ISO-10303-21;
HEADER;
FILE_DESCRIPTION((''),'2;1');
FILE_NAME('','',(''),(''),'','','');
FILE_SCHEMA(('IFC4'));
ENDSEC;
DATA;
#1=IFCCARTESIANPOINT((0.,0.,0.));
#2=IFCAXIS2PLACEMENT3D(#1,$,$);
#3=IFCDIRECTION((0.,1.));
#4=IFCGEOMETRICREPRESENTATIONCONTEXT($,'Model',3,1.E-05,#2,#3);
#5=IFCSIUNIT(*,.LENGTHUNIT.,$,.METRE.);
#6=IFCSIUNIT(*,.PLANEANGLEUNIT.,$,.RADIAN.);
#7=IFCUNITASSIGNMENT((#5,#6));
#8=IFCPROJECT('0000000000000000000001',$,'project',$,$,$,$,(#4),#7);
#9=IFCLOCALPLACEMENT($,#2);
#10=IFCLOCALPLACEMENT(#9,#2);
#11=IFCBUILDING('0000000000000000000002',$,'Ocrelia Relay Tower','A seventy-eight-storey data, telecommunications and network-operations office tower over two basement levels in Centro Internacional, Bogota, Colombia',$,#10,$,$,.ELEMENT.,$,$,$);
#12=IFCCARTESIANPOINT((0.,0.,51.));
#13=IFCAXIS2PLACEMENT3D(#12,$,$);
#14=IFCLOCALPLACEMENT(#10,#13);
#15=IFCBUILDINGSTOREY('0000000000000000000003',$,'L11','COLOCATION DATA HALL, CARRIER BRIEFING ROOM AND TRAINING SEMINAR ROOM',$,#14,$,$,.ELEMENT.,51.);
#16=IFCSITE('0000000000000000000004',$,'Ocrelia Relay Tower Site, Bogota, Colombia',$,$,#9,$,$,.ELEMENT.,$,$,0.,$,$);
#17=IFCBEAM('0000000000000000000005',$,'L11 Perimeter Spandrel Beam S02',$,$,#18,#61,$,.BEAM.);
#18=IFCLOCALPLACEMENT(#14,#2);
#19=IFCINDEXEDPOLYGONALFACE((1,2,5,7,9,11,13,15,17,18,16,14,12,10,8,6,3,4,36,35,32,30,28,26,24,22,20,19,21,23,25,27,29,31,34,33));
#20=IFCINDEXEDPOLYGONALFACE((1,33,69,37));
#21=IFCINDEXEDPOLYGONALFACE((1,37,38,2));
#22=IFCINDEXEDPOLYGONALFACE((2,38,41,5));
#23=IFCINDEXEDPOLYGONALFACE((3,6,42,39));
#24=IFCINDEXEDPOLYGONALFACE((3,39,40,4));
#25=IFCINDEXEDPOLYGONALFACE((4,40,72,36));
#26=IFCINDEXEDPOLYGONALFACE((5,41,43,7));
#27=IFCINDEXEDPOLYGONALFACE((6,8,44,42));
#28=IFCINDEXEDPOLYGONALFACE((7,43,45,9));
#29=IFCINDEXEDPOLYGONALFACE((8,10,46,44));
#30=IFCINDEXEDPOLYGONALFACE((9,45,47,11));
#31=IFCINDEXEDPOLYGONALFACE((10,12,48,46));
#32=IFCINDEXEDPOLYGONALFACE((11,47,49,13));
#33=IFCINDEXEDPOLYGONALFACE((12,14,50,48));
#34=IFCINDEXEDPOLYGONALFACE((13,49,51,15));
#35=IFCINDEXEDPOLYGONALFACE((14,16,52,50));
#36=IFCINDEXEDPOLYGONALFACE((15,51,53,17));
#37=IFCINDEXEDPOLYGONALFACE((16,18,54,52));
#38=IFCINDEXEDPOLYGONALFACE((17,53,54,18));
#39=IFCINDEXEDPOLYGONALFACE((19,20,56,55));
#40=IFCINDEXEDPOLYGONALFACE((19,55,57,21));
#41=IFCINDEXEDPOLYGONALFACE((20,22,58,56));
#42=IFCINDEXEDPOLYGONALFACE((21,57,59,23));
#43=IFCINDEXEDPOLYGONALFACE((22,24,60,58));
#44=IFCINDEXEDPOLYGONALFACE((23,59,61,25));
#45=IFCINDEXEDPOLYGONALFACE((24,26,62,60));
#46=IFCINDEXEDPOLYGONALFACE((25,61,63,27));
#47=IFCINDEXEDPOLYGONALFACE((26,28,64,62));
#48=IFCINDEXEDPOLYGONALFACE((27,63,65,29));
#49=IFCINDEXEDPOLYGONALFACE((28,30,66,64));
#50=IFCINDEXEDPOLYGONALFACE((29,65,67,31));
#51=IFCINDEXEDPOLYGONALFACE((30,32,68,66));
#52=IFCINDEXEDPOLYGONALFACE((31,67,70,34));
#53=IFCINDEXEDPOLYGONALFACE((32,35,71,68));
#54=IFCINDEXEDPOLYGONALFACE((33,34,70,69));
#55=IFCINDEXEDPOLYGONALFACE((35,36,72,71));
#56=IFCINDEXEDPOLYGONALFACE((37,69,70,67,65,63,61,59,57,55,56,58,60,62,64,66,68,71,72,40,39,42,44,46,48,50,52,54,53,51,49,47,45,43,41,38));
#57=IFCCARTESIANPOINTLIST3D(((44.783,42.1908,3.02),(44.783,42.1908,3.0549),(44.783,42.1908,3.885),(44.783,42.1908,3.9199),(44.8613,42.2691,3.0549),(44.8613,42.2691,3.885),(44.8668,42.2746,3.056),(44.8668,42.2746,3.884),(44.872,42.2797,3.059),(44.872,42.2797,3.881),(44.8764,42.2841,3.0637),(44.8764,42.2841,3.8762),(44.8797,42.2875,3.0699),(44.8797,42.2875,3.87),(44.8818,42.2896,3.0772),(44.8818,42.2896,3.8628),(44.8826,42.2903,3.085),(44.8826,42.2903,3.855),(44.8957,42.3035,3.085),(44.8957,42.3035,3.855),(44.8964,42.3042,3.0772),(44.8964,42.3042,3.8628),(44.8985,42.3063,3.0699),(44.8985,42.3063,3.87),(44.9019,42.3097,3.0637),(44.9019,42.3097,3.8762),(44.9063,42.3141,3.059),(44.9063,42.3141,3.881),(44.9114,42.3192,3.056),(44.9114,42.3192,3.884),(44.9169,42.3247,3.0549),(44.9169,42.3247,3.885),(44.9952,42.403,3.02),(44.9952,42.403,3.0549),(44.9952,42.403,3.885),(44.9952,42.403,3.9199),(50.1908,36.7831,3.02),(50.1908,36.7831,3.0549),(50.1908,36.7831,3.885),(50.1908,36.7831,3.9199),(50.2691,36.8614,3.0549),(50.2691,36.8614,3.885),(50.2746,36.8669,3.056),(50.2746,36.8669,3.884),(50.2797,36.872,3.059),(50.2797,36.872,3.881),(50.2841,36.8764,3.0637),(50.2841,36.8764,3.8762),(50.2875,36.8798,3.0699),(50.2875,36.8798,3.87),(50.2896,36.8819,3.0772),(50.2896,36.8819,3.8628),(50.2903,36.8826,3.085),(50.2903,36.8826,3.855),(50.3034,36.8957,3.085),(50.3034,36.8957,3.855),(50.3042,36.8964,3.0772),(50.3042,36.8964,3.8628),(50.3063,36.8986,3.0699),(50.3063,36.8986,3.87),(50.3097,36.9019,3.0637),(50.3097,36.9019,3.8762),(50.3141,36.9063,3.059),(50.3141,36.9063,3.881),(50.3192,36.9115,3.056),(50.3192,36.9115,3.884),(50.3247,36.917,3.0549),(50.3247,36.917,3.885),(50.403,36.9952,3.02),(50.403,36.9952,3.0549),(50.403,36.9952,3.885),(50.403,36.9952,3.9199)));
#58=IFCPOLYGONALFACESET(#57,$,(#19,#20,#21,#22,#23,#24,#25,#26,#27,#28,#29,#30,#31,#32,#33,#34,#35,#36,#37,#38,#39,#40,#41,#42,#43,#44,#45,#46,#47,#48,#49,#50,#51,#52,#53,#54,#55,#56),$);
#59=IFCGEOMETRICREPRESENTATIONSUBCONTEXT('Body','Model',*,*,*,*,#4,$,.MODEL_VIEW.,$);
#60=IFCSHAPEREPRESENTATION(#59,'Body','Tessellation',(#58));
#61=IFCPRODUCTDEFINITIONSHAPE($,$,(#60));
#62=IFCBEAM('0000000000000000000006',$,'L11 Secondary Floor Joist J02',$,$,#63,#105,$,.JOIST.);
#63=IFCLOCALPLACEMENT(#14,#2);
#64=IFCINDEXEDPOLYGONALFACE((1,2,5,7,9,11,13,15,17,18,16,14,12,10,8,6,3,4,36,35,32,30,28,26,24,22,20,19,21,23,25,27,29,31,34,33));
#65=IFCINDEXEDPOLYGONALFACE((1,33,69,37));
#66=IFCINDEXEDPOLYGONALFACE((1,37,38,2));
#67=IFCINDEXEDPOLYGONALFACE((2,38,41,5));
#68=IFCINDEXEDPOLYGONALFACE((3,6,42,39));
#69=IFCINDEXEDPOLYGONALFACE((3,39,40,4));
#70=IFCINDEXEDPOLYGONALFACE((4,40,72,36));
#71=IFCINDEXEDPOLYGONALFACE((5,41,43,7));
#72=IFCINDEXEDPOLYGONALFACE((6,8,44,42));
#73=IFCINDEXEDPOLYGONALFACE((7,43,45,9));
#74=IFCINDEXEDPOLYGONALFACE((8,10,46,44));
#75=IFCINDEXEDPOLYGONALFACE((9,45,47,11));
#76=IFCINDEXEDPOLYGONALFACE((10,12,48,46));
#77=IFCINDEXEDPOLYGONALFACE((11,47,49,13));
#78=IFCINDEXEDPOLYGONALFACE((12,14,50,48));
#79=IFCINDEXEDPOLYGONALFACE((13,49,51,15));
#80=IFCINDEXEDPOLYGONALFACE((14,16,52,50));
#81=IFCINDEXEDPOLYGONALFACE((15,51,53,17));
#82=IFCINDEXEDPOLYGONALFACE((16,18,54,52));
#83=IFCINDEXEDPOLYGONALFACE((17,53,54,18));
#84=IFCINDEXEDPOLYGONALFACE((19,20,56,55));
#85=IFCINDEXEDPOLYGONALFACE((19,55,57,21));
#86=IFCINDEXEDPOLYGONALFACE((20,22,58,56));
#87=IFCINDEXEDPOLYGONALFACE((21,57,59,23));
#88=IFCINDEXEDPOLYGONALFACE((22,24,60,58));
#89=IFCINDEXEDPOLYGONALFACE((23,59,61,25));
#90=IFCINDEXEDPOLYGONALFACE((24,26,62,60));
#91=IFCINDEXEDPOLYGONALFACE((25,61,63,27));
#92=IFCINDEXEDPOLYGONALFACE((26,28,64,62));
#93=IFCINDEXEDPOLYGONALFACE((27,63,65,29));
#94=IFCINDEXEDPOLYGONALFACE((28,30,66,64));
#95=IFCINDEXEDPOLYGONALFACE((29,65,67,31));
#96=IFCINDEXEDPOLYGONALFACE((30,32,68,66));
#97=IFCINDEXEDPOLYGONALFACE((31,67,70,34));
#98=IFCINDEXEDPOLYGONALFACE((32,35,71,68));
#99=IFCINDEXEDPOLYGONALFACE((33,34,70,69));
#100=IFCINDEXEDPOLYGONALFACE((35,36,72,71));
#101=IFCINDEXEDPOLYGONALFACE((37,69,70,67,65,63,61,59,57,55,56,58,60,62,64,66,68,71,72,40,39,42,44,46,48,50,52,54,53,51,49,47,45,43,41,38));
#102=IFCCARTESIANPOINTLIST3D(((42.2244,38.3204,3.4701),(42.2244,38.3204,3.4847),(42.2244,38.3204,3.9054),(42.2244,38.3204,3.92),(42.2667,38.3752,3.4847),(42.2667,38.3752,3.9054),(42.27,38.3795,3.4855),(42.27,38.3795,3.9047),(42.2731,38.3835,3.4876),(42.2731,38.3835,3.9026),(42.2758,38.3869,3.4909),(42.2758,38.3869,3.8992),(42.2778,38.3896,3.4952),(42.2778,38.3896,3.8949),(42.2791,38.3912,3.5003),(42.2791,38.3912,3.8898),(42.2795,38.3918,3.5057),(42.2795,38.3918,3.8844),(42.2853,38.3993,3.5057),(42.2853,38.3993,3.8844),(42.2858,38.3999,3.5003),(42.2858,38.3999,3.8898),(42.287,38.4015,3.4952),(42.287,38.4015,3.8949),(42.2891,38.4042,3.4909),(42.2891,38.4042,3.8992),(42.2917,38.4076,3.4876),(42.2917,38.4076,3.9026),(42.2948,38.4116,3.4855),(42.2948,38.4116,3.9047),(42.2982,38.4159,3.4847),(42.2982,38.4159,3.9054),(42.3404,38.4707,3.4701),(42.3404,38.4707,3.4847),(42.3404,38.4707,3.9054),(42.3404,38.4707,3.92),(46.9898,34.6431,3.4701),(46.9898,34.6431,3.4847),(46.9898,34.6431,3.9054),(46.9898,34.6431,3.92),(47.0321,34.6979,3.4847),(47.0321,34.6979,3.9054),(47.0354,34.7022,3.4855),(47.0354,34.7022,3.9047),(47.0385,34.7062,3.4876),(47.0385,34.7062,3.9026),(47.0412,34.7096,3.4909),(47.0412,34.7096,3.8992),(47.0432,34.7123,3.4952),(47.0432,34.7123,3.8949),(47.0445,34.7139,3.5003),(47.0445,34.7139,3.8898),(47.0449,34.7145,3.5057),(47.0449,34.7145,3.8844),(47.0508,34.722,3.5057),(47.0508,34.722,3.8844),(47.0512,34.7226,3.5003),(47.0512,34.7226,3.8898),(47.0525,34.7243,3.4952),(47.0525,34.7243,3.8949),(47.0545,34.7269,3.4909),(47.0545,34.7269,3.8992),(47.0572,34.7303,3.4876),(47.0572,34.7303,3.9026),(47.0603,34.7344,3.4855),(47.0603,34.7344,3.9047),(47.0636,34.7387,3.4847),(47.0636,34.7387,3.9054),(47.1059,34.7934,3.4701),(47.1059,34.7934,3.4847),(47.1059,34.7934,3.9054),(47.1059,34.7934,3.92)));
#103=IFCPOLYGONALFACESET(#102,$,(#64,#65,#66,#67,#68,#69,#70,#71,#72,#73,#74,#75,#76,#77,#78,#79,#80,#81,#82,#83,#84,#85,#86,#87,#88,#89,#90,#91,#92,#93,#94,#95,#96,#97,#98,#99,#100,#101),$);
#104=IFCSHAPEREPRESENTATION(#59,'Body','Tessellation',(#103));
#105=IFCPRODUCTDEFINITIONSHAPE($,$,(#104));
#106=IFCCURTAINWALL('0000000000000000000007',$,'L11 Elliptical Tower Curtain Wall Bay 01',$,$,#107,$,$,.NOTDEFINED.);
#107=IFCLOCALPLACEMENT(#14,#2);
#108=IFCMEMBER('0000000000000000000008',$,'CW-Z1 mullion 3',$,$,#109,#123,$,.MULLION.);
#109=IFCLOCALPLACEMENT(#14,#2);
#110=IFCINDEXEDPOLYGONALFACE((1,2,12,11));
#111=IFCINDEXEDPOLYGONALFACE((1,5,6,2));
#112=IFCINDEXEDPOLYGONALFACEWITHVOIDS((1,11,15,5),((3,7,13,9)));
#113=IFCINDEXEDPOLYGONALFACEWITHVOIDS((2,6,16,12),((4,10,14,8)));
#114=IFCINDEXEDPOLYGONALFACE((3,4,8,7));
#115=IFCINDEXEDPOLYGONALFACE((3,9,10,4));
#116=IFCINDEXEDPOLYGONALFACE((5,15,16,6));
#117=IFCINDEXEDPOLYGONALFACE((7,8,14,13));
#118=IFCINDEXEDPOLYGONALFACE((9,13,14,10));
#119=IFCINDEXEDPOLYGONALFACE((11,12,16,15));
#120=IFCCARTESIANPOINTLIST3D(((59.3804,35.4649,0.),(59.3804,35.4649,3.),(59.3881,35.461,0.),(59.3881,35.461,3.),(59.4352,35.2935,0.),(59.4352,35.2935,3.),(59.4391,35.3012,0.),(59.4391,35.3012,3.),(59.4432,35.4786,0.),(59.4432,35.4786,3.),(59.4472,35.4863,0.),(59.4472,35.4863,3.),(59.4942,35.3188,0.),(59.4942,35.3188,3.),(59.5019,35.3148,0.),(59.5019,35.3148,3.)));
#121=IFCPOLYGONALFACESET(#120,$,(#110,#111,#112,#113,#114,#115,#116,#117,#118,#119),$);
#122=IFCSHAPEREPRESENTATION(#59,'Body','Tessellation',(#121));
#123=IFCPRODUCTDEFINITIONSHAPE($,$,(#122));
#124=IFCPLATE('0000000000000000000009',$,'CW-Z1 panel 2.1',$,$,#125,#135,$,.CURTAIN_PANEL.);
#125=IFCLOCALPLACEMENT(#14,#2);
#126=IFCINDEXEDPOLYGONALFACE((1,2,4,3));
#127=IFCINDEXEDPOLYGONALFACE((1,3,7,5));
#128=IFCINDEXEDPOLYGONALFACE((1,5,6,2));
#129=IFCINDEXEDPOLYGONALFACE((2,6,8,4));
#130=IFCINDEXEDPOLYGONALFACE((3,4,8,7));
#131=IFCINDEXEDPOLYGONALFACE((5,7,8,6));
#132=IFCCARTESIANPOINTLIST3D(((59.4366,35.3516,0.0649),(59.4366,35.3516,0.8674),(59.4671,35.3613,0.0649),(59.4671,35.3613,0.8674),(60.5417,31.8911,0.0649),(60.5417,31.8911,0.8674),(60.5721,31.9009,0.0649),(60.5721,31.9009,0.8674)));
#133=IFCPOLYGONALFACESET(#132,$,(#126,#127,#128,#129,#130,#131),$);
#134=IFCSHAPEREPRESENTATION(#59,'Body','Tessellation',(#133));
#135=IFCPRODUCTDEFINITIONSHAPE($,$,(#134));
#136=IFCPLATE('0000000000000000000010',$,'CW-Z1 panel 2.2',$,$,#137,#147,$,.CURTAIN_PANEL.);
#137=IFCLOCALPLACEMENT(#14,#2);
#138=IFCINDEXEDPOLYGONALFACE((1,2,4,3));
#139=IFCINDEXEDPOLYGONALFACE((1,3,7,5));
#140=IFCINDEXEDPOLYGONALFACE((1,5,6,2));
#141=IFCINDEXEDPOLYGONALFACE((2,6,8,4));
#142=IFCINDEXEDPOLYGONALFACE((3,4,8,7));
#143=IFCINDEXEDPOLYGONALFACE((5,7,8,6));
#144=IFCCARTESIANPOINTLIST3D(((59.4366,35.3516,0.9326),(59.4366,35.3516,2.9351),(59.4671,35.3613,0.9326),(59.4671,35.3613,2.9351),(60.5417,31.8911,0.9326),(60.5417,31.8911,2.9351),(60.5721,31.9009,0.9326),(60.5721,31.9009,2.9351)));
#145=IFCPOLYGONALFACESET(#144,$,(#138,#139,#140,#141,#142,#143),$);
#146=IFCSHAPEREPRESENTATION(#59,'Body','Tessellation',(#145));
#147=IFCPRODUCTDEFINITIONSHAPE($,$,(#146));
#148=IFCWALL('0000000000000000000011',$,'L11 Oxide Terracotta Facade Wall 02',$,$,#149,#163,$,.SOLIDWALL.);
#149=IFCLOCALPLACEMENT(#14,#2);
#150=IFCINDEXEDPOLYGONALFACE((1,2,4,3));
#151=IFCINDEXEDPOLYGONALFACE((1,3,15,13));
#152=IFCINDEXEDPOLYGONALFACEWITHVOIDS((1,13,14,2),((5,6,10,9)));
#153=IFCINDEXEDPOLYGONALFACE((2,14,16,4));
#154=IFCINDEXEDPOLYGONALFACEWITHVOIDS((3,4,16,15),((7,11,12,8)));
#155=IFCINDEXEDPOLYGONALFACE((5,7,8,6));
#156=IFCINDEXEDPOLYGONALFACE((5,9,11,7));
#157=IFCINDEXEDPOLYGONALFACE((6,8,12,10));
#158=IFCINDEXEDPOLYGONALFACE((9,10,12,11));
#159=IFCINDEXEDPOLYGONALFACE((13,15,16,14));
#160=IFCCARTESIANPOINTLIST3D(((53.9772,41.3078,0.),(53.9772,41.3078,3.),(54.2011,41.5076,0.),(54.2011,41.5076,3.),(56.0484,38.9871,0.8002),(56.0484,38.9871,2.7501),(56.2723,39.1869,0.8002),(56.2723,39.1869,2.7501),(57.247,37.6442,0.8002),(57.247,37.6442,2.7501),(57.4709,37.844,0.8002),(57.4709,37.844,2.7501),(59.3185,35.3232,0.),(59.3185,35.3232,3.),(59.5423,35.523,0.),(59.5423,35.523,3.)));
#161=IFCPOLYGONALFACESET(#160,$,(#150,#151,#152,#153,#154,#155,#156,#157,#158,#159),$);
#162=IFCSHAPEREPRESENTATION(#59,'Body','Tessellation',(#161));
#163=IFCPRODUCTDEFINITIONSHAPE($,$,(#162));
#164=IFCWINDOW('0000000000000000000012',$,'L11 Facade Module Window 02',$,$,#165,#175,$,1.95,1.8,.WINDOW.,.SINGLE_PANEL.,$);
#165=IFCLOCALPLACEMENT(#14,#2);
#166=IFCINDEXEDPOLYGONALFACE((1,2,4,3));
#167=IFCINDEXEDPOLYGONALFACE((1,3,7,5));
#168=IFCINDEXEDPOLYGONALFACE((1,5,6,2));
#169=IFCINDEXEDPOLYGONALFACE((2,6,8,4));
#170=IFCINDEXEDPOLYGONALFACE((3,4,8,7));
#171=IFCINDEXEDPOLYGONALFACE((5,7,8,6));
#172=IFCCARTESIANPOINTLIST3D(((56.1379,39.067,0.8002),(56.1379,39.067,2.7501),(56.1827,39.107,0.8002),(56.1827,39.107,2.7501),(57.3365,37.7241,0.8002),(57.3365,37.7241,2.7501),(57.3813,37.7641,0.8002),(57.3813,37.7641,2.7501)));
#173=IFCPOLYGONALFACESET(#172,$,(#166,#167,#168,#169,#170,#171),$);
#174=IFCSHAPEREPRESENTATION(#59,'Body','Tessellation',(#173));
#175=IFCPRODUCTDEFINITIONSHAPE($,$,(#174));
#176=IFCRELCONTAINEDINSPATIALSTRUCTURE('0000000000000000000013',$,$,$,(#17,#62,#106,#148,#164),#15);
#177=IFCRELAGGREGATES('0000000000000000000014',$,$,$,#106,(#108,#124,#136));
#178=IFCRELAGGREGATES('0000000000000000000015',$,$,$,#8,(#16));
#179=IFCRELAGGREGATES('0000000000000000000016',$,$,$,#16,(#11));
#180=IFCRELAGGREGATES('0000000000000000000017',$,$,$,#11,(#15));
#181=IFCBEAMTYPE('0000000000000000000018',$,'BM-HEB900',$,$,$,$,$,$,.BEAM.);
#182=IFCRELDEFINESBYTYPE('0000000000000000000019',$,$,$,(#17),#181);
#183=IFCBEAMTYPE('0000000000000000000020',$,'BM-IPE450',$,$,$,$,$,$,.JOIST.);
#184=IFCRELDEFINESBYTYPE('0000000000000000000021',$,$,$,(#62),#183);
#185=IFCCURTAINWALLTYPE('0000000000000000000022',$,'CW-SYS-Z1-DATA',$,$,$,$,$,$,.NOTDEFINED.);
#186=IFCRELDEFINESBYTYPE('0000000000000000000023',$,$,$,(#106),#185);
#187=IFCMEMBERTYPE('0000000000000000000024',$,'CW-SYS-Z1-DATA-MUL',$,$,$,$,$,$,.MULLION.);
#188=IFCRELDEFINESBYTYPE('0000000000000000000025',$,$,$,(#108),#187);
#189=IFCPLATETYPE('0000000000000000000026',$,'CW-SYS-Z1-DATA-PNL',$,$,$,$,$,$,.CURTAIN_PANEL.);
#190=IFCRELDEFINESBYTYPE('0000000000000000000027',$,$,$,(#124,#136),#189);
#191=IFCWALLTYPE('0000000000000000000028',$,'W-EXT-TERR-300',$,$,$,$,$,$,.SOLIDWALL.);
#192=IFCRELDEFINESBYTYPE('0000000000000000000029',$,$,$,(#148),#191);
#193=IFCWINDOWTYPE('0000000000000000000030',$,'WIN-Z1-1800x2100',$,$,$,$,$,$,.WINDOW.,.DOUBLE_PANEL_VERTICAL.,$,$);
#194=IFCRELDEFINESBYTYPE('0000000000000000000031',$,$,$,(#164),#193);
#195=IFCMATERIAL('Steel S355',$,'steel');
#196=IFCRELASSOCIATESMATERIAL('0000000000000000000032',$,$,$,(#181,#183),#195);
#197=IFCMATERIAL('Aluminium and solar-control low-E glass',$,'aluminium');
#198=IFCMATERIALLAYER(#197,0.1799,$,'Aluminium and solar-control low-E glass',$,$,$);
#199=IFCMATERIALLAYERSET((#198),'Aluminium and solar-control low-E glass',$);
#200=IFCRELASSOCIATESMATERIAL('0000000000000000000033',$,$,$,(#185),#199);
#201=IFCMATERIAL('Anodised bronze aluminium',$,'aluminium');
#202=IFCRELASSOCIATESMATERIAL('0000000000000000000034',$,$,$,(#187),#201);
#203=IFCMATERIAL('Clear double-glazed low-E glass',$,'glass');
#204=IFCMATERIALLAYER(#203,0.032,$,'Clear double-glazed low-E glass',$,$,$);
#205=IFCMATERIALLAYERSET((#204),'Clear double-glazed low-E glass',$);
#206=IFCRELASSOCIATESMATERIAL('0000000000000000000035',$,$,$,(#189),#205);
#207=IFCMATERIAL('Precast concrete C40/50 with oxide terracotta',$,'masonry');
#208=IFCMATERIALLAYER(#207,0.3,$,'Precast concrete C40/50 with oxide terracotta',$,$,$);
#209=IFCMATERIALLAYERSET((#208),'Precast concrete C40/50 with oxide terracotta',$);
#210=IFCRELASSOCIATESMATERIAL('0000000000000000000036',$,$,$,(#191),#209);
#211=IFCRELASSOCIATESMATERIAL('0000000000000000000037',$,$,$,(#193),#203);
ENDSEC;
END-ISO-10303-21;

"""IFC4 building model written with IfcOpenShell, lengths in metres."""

from ifc_helpers import new_model, si_unit, direction, frame, frame_2d, origin, origin_2d, place, context, subcontext, project, spatial, rectangle, hollow_rectangle, i_section, extrude, material, layer, layer_set, material_profile, profile_set, type_object, element, fill, aggregate, save


model = new_model("IFC4")

# Units and contexts
model_context = context("Model", 3, precision=1e-05, world=origin(), true_north=direction((0.0, 1.0)))
body_context = subcontext(model_context, "Body", "Model", "MODEL_VIEW")
ifc_project = project(units=[si_unit("LENGTHUNIT", "METRE"), si_unit("PLANEANGLEUNIT", "RADIAN")], contexts=[model_context])

# Site, building, storey
site_placement = place(None, origin())
site = spatial("IfcSite", under=ifc_project, at=site_placement, Name="Ocrelia Relay Tower Site, Bogota, Colombia", CompositionType="ELEMENT", RefElevation=0.0)
building_placement = place(site_placement, origin())
building = spatial("IfcBuilding", under=site, at=building_placement, Name="Ocrelia Relay Tower", Description="A seventy-eight-storey data, telecommunications and network-operations office tower over two basement levels in Centro Internacional, Bogota, Colombia", CompositionType="ELEMENT")
storey_placement = place(building_placement, frame((0.0, 0.0, 51.0)))
storey = spatial("IfcBuildingStorey", under=building, at=storey_placement, Name="L11", Description="COLOCATION DATA HALL, CARRIER BRIEFING ROOM AND TRAINING SEMINAR ROOM", CompositionType="ELEMENT", Elevation=51.0)

# Beams
ifc_material_1 = material(Name="Steel S355", Category="steel")
ifc_material_profile_1 = material_profile(ifc_material_1, i_section(OverallWidth=0.3, OverallDepth=0.8999, WebThickness=0.0186, FlangeThickness=0.0349, FilletRadius=0.03, at=origin_2d()), Name="HEB 900")
ifc_profile_set_1 = profile_set([ifc_material_profile_1], Name="Steel S355")
beam_type_1 = type_object("IfcBeamType", Name="BM-HEB900", PredefinedType="BEAM", material=ifc_profile_set_1)
beam_1_placement = place(storey_placement, frame((50.2969, 36.8892, 3.47), z_axis=(-0.707107, 0.707107, 0.0), x_axis=(-0.707107, -0.707107, 0.0)))
element("IfcBeam", 1, at=beam_1_placement, inside=storey, type_object=beam_type_1, Name="L11 Perimeter Spandrel Beam S02", PredefinedType="BEAM", context=body_context, shape_type="SweptSolid", body=[
    extrude(i_section(OverallWidth=0.3, OverallDepth=0.8999, WebThickness=0.0186, FlangeThickness=0.0349, FilletRadius=0.03, at=origin_2d()), origin(), (0.0, 0.0, 1.0), 7.6477),
])
ifc_material_profile_2 = material_profile(ifc_material_1, i_section(OverallWidth=0.1899, OverallDepth=0.45, WebThickness=0.0095, FlangeThickness=0.0146, FilletRadius=0.021, at=origin_2d()), Name="IPE 450")
ifc_profile_set_2 = profile_set([ifc_material_profile_2], Name="Steel S355")
beam_type_2 = type_object("IfcBeamType", Name="BM-IPE450", PredefinedType="JOIST", material=ifc_profile_set_2)
beam_2_placement = place(storey_placement, frame((47.0479, 34.7183, 3.6951), z_axis=(-0.791694, 0.610918, 0.0), x_axis=(-0.610918, -0.791694, 0.0)))
element("IfcBeam", 2, at=beam_2_placement, inside=storey, type_object=beam_type_2, Name="L11 Secondary Floor Joist J02", PredefinedType="JOIST", context=body_context, shape_type="SweptSolid", body=[
    extrude(i_section(OverallWidth=0.1899, OverallDepth=0.45, WebThickness=0.0095, FlangeThickness=0.0146, FilletRadius=0.021, at=origin_2d()), origin(), (0.0, 0.0, 1.0), 6.0193),
])

# Curtain wall, member, plates
ifc_material_2 = material(Name="Aluminium and solar-control low-E glass", Category="aluminium")
ifc_layer_1 = layer(ifc_material_2, 0.1799, Name="Aluminium and solar-control low-E glass")
ifc_layer_set_1 = layer_set([ifc_layer_1], Name="Aluminium and solar-control low-E glass")
curtain_wall_type = type_object("IfcCurtainWallType", Name="CW-SYS-Z1-DATA", PredefinedType="NOTDEFINED", material=ifc_layer_set_1)
curtain_wall_placement = place(storey_placement, origin())
curtain_wall = element("IfcCurtainWall", 3, at=curtain_wall_placement, inside=storey, type_object=curtain_wall_type, Name="L11 Elliptical Tower Curtain Wall Bay 01", PredefinedType="NOTDEFINED")
ifc_material_3 = material(Name="Anodised bronze aluminium", Category="aluminium")
ifc_material_profile_3 = material_profile(ifc_material_3, hollow_rectangle(XDim=0.0701, YDim=0.1799, WallThickness=0.0061, at=origin_2d()), Name="CW-MUL-180x70")
ifc_profile_set_3 = profile_set([ifc_material_profile_3], Name="Anodised bronze aluminium")
member_type = type_object("IfcMemberType", Name="CW-SYS-Z1-DATA-MUL", PredefinedType="MULLION", material=ifc_profile_set_3)
member_placement = place(storey_placement, frame((59.4412, 35.3899, 0.0), z_axis=(0.0, 0.0, 1.0), x_axis=(-0.952608, -0.304199, 0.0)))
member = element("IfcMember", 4, at=member_placement, type_object=member_type, Name="CW-Z1 mullion 3", PredefinedType="MULLION", context=body_context, shape_type="SweptSolid", body=[
    extrude(hollow_rectangle(XDim=0.0701, YDim=0.1799, WallThickness=0.0061, at=origin_2d()), origin(), (0.0, 0.0, 1.0), 3.0),
])
ifc_material_4 = material(Name="Clear double-glazed low-E glass", Category="glass")
ifc_layer_2 = layer(ifc_material_4, 0.032, Name="Clear double-glazed low-E glass")
ifc_layer_set_2 = layer_set([ifc_layer_2], Name="Clear double-glazed low-E glass")
plate_type = type_object("IfcPlateType", Name="CW-SYS-Z1-DATA-PNL", PredefinedType="CURTAIN_PANEL", material=ifc_layer_set_2)
plate_1_placement = place(storey_placement, frame((60.0044, 33.6262, 0.0649), z_axis=(0.0, 0.0, 1.0), x_axis=(-0.304199, 0.952608, 0.0)))
plate_1 = element("IfcPlate", 5, at=plate_1_placement, type_object=plate_type, Name="CW-Z1 panel 2.1", PredefinedType="CURTAIN_PANEL", context=body_context, shape_type="SweptSolid", body=[
    extrude(rectangle(XDim=3.6326, YDim=0.032, at=origin_2d()), origin(), (0.0, 0.0, 1.0), 0.8025),
])
plate_2_placement = place(storey_placement, frame((60.0044, 33.6262, 0.9326), z_axis=(0.0, 0.0, 1.0), x_axis=(-0.304199, 0.952608, 0.0)))
plate_2 = element("IfcPlate", 6, at=plate_2_placement, type_object=plate_type, Name="CW-Z1 panel 2.2", PredefinedType="CURTAIN_PANEL", context=body_context, shape_type="SweptSolid", body=[
    extrude(rectangle(XDim=3.6326, YDim=0.032, at=origin_2d()), origin(), (0.0, 0.0, 1.0), 2.0024),
])
aggregate(curtain_wall, [member, plate_1, plate_2])

# Wall, opening, window
ifc_material_5 = material(Name="Precast concrete C40/50 with oxide terracotta", Category="masonry")
ifc_layer_3 = layer(ifc_material_5, 0.3, Name="Precast concrete C40/50 with oxide terracotta")
ifc_layer_set_3 = layer_set([ifc_layer_3], Name="Precast concrete C40/50 with oxide terracotta")
wall_type_1 = type_object("IfcWallType", Name="W-EXT-TERR-300", PredefinedType="SOLIDWALL", material=ifc_layer_set_3)
wall_1_placement = place(storey_placement, frame((59.4304, 35.4231, 0.0), z_axis=(0.0, 0.0, 1.0), x_axis=(-0.66587, 0.746068, 0.0)))
wall_1 = element("IfcWall", 7, at=wall_1_placement, inside=storey, type_object=wall_type_1, Name="L11 Oxide Terracotta Facade Wall 02", PredefinedType="SOLIDWALL", context=body_context, shape_type="SweptSolid", body=[
    extrude(rectangle(XDim=8.0215, YDim=0.3, at=frame_2d((4.0107, 0.0))), origin(), (0.0, 0.0, 1.0), 3.0),
])
opening_1_placement = place(wall_1_placement, frame((3.1111, 0.0, 0.8)))
opening_1 = element("IfcOpeningElement", 8, at=opening_1_placement, cuts=wall_1, PredefinedType="OPENING", context=body_context, shape_type="SweptSolid", body=[
    extrude(rectangle(XDim=1.8, YDim=1.95, at=frame_2d((0.8999, 0.9751))), frame((0.0, 0.1602, 0.0), z_axis=(0.0, -1.0, 0.0), x_axis=(1.0, 0.0, 0.0)), (0.0, 0.0, 1.0), 0.3201),
])
window_type = type_object("IfcWindowType", Name="WIN-Z1-1800x2100", PartitioningType="DOUBLE_PANEL_VERTICAL", PredefinedType="WINDOW", material=ifc_material_4)
window_1_placement = place(opening_1_placement, origin())
window_1 = element("IfcWindow", 9, at=window_1_placement, inside=storey, type_object=window_type, Name="L11 Facade Module Window 02", OverallHeight=1.95, OverallWidth=1.8, PartitioningType="SINGLE_PANEL", PredefinedType="WINDOW", context=body_context, shape_type="SweptSolid", body=[
    extrude(rectangle(XDim=1.8, YDim=1.95, at=frame_2d((0.8999, 0.9751))), frame((0.0, 0.03, 0.0), z_axis=(0.0, -1.0, 0.0), x_axis=(1.0, 0.0, 0.0)), (0.0, 0.0, 1.0), 0.0601),
])
fill(opening_1, window_1)

save(model, "model.ifc")
